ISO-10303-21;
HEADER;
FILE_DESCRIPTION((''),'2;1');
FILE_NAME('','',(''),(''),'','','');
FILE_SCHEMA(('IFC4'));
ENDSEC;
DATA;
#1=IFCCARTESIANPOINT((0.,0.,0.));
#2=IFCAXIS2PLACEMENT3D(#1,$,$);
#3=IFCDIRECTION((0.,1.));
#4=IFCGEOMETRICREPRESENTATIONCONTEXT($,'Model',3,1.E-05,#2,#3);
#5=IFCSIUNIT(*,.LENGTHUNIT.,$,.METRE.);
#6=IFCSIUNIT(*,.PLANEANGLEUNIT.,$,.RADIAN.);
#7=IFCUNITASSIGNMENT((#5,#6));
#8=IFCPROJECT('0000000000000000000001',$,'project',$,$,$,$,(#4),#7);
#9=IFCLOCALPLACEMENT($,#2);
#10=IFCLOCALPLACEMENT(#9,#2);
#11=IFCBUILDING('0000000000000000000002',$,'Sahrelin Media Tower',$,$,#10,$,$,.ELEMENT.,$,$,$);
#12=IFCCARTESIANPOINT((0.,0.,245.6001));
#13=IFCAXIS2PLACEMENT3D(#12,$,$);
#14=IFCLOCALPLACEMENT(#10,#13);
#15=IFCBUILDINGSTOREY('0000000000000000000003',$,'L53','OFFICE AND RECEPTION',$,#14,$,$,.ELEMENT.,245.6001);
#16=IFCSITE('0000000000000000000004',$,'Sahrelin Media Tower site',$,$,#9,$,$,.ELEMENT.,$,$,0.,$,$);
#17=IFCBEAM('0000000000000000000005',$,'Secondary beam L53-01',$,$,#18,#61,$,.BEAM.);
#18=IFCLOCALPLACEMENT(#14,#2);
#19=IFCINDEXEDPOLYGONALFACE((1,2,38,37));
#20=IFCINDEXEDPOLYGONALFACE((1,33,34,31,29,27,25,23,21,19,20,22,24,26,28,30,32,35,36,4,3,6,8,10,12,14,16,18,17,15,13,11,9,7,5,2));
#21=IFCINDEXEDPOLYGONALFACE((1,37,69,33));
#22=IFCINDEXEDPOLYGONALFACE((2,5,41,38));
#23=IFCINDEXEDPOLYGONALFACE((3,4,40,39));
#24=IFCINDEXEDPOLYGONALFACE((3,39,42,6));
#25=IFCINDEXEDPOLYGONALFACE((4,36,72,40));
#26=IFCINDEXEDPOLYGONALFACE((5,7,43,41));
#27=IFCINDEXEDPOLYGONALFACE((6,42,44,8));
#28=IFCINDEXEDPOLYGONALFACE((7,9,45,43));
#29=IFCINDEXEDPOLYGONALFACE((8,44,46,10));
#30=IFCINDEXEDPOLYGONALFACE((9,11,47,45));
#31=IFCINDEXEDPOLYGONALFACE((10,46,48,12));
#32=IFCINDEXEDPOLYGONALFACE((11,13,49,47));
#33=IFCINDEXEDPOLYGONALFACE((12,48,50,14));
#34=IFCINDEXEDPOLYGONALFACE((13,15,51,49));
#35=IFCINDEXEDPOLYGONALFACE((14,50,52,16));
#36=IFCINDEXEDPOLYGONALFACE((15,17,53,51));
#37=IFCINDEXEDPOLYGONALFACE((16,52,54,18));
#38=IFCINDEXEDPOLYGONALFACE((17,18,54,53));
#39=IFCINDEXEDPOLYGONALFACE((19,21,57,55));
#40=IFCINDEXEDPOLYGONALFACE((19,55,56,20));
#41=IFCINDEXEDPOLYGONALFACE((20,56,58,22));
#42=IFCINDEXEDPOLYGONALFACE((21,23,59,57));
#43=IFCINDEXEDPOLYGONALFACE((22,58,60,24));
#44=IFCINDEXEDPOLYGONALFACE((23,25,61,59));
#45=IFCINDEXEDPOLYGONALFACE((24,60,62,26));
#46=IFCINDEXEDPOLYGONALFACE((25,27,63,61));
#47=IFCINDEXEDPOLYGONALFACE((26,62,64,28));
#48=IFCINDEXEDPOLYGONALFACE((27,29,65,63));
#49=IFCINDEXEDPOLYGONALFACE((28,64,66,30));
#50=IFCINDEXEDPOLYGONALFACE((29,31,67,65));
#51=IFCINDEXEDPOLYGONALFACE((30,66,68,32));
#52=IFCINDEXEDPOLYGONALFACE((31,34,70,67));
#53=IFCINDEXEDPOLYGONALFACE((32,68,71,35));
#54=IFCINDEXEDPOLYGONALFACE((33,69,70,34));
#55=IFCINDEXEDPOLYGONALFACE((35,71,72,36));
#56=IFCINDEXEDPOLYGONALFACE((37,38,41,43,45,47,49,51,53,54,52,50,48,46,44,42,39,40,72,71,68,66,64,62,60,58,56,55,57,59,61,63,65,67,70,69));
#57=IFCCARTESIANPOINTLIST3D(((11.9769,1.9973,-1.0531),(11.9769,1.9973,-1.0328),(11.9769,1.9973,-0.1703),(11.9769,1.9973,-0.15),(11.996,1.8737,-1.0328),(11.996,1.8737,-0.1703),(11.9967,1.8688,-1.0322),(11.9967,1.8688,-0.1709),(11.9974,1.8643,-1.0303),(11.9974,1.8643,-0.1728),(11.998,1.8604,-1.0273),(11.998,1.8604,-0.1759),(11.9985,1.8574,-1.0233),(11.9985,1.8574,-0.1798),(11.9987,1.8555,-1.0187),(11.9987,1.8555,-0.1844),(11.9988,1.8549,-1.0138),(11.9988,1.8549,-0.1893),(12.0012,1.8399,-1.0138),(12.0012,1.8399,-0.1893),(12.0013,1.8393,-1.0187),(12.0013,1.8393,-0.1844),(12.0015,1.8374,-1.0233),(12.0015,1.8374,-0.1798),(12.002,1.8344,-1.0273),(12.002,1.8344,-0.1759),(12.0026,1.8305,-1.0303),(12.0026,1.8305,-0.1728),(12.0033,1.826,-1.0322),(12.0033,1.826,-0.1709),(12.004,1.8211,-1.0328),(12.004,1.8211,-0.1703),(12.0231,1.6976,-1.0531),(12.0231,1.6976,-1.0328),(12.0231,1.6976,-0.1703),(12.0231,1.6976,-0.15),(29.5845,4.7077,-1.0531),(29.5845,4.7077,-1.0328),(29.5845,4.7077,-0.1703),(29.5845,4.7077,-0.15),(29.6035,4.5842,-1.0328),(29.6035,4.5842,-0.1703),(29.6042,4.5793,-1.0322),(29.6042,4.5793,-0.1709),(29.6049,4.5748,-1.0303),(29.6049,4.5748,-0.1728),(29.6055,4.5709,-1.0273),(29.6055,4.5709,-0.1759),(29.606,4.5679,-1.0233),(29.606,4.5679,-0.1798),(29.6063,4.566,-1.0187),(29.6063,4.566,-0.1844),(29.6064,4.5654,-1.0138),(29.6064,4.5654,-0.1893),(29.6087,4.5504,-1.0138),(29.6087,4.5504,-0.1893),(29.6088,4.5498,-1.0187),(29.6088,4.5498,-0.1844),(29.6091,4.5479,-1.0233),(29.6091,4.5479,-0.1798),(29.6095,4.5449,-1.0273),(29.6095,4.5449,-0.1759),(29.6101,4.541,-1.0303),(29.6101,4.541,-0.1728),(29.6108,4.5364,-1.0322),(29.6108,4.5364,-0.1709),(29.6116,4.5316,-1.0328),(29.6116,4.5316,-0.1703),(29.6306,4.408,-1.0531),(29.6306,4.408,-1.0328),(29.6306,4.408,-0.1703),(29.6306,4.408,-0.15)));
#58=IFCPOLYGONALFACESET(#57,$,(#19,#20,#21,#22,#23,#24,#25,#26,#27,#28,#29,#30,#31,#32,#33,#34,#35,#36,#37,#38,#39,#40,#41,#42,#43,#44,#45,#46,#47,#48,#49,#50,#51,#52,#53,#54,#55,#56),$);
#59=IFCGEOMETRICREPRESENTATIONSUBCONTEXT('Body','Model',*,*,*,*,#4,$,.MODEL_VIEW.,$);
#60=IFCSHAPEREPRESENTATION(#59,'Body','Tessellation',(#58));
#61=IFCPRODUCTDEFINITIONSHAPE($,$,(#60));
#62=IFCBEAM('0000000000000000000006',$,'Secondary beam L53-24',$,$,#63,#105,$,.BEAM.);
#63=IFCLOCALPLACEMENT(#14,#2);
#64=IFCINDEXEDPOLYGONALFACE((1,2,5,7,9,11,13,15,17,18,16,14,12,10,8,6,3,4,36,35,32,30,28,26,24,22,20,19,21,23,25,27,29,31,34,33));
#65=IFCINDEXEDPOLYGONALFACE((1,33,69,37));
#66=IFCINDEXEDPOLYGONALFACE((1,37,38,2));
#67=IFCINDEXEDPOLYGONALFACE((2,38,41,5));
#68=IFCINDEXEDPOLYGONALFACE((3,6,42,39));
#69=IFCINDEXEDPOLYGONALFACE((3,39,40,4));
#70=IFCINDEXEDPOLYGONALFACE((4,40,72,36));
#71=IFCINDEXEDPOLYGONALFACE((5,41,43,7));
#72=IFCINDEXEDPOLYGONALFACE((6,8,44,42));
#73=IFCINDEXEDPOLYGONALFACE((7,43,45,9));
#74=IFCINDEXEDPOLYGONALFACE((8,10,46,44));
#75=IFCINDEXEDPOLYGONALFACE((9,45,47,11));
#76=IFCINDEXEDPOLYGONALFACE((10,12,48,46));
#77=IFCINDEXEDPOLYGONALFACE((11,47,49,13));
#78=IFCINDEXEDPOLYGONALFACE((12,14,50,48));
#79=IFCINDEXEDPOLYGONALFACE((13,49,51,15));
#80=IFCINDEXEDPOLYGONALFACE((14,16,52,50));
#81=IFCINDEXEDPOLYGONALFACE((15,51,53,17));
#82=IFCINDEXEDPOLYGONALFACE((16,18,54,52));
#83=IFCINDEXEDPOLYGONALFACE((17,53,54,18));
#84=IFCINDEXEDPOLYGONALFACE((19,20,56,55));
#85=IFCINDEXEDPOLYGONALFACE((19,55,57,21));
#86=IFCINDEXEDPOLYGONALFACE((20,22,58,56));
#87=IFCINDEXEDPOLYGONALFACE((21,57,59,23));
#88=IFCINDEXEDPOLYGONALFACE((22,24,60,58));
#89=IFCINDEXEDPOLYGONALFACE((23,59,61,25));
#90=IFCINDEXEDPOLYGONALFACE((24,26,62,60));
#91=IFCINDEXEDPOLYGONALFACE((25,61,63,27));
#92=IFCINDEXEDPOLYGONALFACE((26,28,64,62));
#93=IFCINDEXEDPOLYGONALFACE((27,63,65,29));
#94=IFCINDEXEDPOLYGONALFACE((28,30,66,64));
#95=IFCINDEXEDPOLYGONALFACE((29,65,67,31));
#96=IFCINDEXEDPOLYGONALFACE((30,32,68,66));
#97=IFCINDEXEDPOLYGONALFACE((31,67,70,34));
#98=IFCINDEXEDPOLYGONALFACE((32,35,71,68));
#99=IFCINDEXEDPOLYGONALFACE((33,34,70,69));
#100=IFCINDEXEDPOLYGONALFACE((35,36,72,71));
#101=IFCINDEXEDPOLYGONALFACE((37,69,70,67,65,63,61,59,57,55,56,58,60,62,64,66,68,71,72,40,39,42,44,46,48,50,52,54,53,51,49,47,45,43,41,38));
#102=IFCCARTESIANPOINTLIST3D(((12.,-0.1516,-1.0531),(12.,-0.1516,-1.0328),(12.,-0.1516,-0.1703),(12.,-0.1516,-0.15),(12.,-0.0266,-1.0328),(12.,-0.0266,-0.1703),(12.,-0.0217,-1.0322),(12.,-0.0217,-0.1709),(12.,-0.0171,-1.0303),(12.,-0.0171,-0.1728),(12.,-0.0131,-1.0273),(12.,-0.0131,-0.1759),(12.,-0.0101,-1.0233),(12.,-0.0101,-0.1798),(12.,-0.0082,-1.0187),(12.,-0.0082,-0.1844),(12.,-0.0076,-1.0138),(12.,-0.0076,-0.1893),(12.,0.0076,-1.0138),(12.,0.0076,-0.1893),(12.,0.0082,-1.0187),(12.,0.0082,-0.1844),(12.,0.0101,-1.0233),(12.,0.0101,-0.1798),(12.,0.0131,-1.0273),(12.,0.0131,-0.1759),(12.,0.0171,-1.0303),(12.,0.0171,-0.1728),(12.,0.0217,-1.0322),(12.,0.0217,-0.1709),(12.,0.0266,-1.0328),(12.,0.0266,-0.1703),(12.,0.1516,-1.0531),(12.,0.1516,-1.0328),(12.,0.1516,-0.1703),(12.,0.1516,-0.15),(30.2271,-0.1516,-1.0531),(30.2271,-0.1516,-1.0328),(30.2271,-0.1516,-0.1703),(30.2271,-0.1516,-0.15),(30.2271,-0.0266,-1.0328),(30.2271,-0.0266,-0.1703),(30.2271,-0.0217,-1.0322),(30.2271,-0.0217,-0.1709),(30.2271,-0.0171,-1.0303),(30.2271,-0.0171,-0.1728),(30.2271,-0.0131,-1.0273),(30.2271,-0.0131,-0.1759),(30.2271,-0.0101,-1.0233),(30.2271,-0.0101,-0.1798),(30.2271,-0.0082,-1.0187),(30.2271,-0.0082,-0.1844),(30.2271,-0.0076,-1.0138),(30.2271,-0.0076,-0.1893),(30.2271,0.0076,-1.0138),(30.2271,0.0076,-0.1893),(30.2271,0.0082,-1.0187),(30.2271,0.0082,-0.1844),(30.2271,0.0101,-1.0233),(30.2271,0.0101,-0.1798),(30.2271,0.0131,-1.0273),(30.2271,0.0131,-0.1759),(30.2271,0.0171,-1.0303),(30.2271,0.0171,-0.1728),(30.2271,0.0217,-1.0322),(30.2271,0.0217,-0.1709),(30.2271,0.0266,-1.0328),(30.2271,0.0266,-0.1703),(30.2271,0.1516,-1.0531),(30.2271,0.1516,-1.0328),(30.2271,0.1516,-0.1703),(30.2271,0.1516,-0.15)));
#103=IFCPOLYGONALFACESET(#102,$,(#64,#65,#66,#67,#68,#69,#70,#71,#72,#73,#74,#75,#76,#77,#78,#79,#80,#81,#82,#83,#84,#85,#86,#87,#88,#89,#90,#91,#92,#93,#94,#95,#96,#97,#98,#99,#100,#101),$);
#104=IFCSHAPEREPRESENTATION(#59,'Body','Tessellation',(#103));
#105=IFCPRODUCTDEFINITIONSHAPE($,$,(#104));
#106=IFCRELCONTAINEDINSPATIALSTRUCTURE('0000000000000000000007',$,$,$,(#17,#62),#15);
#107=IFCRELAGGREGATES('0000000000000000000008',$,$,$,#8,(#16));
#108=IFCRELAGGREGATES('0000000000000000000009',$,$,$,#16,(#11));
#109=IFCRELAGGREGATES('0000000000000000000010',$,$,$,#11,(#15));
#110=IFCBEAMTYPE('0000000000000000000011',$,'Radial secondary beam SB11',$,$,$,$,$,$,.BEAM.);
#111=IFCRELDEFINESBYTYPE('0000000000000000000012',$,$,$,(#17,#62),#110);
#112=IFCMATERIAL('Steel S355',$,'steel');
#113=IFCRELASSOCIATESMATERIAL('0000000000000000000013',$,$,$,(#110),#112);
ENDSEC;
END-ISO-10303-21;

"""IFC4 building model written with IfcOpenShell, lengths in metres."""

from ifc_helpers import new_model, si_unit, direction, frame, origin, origin_2d, place, context, subcontext, project, spatial, i_section, extrude, material, material_profile, profile_set, type_object, element, save


model = new_model("IFC4")

# Units and contexts
model_context = context("Model", 3, precision=1e-05, world=origin(), true_north=direction((0.0, 1.0)))
body_context = subcontext(model_context, "Body", "Model", "MODEL_VIEW")
ifc_project = project(units=[si_unit("LENGTHUNIT", "METRE"), si_unit("PLANEANGLEUNIT", "RADIAN")], contexts=[model_context])

# Site, building, storey
site_placement = place(None, origin())
site = spatial("IfcSite", under=ifc_project, at=site_placement, Name="Sahrelin Media Tower site", CompositionType="ELEMENT", RefElevation=0.0)
building_placement = place(site_placement, origin())
building = spatial("IfcBuilding", under=site, at=building_placement, Name="Sahrelin Media Tower", CompositionType="ELEMENT")
storey_placement = place(building_placement, frame((0.0, 0.0, 245.6001)))
storey = spatial("IfcBuildingStorey", under=building, at=storey_placement, Name="L53", Description="OFFICE AND RECEPTION", CompositionType="ELEMENT", Elevation=245.6001)

# Beams
ifc_material_1 = material(Name="Steel S355", Category="steel")
ifc_material_profile_1 = material_profile(ifc_material_1, i_section(OverallWidth=0.3032, OverallDepth=0.9031, WebThickness=0.0151, FlangeThickness=0.0203, FilletRadius=0.019, at=origin_2d()), Name="UB 914x305x201")
ifc_profile_set_1 = profile_set([ifc_material_profile_1], Name="Steel S355")
beam_type_1 = type_object("IfcBeamType", Name="Radial secondary beam SB11", PredefinedType="BEAM", material=ifc_profile_set_1)
beam_1_placement = place(storey_placement, frame((12.0, 1.8474, -0.6016), z_axis=(0.988358, 0.152146, 0.0), x_axis=(-0.152146, 0.988358, 0.0)))
element("IfcBeam", 1, at=beam_1_placement, inside=storey, type_object=beam_type_1, Name="Secondary beam L53-01", PredefinedType="BEAM", context=body_context, shape_type="SweptSolid", body=[
    extrude(i_section(OverallWidth=0.3032, OverallDepth=0.9031, WebThickness=0.0151, FlangeThickness=0.0203, FilletRadius=0.019, at=origin_2d()), origin(), (0.0, 0.0, 1.0), 17.8149),
])
beam_2_placement = place(storey_placement, frame((12.0, 0.0, -0.6016), z_axis=(1.0, 0.0, 0.0), x_axis=(0.0, 1.0, 0.0)))
element("IfcBeam", 2, at=beam_2_placement, inside=storey, type_object=beam_type_1, Name="Secondary beam L53-24", PredefinedType="BEAM", context=body_context, shape_type="SweptSolid", body=[
    extrude(i_section(OverallWidth=0.3032, OverallDepth=0.9031, WebThickness=0.0151, FlangeThickness=0.0203, FilletRadius=0.019, at=origin_2d()), origin(), (0.0, 0.0, 1.0), 18.2271),
])

save(model, "model.ifc")
